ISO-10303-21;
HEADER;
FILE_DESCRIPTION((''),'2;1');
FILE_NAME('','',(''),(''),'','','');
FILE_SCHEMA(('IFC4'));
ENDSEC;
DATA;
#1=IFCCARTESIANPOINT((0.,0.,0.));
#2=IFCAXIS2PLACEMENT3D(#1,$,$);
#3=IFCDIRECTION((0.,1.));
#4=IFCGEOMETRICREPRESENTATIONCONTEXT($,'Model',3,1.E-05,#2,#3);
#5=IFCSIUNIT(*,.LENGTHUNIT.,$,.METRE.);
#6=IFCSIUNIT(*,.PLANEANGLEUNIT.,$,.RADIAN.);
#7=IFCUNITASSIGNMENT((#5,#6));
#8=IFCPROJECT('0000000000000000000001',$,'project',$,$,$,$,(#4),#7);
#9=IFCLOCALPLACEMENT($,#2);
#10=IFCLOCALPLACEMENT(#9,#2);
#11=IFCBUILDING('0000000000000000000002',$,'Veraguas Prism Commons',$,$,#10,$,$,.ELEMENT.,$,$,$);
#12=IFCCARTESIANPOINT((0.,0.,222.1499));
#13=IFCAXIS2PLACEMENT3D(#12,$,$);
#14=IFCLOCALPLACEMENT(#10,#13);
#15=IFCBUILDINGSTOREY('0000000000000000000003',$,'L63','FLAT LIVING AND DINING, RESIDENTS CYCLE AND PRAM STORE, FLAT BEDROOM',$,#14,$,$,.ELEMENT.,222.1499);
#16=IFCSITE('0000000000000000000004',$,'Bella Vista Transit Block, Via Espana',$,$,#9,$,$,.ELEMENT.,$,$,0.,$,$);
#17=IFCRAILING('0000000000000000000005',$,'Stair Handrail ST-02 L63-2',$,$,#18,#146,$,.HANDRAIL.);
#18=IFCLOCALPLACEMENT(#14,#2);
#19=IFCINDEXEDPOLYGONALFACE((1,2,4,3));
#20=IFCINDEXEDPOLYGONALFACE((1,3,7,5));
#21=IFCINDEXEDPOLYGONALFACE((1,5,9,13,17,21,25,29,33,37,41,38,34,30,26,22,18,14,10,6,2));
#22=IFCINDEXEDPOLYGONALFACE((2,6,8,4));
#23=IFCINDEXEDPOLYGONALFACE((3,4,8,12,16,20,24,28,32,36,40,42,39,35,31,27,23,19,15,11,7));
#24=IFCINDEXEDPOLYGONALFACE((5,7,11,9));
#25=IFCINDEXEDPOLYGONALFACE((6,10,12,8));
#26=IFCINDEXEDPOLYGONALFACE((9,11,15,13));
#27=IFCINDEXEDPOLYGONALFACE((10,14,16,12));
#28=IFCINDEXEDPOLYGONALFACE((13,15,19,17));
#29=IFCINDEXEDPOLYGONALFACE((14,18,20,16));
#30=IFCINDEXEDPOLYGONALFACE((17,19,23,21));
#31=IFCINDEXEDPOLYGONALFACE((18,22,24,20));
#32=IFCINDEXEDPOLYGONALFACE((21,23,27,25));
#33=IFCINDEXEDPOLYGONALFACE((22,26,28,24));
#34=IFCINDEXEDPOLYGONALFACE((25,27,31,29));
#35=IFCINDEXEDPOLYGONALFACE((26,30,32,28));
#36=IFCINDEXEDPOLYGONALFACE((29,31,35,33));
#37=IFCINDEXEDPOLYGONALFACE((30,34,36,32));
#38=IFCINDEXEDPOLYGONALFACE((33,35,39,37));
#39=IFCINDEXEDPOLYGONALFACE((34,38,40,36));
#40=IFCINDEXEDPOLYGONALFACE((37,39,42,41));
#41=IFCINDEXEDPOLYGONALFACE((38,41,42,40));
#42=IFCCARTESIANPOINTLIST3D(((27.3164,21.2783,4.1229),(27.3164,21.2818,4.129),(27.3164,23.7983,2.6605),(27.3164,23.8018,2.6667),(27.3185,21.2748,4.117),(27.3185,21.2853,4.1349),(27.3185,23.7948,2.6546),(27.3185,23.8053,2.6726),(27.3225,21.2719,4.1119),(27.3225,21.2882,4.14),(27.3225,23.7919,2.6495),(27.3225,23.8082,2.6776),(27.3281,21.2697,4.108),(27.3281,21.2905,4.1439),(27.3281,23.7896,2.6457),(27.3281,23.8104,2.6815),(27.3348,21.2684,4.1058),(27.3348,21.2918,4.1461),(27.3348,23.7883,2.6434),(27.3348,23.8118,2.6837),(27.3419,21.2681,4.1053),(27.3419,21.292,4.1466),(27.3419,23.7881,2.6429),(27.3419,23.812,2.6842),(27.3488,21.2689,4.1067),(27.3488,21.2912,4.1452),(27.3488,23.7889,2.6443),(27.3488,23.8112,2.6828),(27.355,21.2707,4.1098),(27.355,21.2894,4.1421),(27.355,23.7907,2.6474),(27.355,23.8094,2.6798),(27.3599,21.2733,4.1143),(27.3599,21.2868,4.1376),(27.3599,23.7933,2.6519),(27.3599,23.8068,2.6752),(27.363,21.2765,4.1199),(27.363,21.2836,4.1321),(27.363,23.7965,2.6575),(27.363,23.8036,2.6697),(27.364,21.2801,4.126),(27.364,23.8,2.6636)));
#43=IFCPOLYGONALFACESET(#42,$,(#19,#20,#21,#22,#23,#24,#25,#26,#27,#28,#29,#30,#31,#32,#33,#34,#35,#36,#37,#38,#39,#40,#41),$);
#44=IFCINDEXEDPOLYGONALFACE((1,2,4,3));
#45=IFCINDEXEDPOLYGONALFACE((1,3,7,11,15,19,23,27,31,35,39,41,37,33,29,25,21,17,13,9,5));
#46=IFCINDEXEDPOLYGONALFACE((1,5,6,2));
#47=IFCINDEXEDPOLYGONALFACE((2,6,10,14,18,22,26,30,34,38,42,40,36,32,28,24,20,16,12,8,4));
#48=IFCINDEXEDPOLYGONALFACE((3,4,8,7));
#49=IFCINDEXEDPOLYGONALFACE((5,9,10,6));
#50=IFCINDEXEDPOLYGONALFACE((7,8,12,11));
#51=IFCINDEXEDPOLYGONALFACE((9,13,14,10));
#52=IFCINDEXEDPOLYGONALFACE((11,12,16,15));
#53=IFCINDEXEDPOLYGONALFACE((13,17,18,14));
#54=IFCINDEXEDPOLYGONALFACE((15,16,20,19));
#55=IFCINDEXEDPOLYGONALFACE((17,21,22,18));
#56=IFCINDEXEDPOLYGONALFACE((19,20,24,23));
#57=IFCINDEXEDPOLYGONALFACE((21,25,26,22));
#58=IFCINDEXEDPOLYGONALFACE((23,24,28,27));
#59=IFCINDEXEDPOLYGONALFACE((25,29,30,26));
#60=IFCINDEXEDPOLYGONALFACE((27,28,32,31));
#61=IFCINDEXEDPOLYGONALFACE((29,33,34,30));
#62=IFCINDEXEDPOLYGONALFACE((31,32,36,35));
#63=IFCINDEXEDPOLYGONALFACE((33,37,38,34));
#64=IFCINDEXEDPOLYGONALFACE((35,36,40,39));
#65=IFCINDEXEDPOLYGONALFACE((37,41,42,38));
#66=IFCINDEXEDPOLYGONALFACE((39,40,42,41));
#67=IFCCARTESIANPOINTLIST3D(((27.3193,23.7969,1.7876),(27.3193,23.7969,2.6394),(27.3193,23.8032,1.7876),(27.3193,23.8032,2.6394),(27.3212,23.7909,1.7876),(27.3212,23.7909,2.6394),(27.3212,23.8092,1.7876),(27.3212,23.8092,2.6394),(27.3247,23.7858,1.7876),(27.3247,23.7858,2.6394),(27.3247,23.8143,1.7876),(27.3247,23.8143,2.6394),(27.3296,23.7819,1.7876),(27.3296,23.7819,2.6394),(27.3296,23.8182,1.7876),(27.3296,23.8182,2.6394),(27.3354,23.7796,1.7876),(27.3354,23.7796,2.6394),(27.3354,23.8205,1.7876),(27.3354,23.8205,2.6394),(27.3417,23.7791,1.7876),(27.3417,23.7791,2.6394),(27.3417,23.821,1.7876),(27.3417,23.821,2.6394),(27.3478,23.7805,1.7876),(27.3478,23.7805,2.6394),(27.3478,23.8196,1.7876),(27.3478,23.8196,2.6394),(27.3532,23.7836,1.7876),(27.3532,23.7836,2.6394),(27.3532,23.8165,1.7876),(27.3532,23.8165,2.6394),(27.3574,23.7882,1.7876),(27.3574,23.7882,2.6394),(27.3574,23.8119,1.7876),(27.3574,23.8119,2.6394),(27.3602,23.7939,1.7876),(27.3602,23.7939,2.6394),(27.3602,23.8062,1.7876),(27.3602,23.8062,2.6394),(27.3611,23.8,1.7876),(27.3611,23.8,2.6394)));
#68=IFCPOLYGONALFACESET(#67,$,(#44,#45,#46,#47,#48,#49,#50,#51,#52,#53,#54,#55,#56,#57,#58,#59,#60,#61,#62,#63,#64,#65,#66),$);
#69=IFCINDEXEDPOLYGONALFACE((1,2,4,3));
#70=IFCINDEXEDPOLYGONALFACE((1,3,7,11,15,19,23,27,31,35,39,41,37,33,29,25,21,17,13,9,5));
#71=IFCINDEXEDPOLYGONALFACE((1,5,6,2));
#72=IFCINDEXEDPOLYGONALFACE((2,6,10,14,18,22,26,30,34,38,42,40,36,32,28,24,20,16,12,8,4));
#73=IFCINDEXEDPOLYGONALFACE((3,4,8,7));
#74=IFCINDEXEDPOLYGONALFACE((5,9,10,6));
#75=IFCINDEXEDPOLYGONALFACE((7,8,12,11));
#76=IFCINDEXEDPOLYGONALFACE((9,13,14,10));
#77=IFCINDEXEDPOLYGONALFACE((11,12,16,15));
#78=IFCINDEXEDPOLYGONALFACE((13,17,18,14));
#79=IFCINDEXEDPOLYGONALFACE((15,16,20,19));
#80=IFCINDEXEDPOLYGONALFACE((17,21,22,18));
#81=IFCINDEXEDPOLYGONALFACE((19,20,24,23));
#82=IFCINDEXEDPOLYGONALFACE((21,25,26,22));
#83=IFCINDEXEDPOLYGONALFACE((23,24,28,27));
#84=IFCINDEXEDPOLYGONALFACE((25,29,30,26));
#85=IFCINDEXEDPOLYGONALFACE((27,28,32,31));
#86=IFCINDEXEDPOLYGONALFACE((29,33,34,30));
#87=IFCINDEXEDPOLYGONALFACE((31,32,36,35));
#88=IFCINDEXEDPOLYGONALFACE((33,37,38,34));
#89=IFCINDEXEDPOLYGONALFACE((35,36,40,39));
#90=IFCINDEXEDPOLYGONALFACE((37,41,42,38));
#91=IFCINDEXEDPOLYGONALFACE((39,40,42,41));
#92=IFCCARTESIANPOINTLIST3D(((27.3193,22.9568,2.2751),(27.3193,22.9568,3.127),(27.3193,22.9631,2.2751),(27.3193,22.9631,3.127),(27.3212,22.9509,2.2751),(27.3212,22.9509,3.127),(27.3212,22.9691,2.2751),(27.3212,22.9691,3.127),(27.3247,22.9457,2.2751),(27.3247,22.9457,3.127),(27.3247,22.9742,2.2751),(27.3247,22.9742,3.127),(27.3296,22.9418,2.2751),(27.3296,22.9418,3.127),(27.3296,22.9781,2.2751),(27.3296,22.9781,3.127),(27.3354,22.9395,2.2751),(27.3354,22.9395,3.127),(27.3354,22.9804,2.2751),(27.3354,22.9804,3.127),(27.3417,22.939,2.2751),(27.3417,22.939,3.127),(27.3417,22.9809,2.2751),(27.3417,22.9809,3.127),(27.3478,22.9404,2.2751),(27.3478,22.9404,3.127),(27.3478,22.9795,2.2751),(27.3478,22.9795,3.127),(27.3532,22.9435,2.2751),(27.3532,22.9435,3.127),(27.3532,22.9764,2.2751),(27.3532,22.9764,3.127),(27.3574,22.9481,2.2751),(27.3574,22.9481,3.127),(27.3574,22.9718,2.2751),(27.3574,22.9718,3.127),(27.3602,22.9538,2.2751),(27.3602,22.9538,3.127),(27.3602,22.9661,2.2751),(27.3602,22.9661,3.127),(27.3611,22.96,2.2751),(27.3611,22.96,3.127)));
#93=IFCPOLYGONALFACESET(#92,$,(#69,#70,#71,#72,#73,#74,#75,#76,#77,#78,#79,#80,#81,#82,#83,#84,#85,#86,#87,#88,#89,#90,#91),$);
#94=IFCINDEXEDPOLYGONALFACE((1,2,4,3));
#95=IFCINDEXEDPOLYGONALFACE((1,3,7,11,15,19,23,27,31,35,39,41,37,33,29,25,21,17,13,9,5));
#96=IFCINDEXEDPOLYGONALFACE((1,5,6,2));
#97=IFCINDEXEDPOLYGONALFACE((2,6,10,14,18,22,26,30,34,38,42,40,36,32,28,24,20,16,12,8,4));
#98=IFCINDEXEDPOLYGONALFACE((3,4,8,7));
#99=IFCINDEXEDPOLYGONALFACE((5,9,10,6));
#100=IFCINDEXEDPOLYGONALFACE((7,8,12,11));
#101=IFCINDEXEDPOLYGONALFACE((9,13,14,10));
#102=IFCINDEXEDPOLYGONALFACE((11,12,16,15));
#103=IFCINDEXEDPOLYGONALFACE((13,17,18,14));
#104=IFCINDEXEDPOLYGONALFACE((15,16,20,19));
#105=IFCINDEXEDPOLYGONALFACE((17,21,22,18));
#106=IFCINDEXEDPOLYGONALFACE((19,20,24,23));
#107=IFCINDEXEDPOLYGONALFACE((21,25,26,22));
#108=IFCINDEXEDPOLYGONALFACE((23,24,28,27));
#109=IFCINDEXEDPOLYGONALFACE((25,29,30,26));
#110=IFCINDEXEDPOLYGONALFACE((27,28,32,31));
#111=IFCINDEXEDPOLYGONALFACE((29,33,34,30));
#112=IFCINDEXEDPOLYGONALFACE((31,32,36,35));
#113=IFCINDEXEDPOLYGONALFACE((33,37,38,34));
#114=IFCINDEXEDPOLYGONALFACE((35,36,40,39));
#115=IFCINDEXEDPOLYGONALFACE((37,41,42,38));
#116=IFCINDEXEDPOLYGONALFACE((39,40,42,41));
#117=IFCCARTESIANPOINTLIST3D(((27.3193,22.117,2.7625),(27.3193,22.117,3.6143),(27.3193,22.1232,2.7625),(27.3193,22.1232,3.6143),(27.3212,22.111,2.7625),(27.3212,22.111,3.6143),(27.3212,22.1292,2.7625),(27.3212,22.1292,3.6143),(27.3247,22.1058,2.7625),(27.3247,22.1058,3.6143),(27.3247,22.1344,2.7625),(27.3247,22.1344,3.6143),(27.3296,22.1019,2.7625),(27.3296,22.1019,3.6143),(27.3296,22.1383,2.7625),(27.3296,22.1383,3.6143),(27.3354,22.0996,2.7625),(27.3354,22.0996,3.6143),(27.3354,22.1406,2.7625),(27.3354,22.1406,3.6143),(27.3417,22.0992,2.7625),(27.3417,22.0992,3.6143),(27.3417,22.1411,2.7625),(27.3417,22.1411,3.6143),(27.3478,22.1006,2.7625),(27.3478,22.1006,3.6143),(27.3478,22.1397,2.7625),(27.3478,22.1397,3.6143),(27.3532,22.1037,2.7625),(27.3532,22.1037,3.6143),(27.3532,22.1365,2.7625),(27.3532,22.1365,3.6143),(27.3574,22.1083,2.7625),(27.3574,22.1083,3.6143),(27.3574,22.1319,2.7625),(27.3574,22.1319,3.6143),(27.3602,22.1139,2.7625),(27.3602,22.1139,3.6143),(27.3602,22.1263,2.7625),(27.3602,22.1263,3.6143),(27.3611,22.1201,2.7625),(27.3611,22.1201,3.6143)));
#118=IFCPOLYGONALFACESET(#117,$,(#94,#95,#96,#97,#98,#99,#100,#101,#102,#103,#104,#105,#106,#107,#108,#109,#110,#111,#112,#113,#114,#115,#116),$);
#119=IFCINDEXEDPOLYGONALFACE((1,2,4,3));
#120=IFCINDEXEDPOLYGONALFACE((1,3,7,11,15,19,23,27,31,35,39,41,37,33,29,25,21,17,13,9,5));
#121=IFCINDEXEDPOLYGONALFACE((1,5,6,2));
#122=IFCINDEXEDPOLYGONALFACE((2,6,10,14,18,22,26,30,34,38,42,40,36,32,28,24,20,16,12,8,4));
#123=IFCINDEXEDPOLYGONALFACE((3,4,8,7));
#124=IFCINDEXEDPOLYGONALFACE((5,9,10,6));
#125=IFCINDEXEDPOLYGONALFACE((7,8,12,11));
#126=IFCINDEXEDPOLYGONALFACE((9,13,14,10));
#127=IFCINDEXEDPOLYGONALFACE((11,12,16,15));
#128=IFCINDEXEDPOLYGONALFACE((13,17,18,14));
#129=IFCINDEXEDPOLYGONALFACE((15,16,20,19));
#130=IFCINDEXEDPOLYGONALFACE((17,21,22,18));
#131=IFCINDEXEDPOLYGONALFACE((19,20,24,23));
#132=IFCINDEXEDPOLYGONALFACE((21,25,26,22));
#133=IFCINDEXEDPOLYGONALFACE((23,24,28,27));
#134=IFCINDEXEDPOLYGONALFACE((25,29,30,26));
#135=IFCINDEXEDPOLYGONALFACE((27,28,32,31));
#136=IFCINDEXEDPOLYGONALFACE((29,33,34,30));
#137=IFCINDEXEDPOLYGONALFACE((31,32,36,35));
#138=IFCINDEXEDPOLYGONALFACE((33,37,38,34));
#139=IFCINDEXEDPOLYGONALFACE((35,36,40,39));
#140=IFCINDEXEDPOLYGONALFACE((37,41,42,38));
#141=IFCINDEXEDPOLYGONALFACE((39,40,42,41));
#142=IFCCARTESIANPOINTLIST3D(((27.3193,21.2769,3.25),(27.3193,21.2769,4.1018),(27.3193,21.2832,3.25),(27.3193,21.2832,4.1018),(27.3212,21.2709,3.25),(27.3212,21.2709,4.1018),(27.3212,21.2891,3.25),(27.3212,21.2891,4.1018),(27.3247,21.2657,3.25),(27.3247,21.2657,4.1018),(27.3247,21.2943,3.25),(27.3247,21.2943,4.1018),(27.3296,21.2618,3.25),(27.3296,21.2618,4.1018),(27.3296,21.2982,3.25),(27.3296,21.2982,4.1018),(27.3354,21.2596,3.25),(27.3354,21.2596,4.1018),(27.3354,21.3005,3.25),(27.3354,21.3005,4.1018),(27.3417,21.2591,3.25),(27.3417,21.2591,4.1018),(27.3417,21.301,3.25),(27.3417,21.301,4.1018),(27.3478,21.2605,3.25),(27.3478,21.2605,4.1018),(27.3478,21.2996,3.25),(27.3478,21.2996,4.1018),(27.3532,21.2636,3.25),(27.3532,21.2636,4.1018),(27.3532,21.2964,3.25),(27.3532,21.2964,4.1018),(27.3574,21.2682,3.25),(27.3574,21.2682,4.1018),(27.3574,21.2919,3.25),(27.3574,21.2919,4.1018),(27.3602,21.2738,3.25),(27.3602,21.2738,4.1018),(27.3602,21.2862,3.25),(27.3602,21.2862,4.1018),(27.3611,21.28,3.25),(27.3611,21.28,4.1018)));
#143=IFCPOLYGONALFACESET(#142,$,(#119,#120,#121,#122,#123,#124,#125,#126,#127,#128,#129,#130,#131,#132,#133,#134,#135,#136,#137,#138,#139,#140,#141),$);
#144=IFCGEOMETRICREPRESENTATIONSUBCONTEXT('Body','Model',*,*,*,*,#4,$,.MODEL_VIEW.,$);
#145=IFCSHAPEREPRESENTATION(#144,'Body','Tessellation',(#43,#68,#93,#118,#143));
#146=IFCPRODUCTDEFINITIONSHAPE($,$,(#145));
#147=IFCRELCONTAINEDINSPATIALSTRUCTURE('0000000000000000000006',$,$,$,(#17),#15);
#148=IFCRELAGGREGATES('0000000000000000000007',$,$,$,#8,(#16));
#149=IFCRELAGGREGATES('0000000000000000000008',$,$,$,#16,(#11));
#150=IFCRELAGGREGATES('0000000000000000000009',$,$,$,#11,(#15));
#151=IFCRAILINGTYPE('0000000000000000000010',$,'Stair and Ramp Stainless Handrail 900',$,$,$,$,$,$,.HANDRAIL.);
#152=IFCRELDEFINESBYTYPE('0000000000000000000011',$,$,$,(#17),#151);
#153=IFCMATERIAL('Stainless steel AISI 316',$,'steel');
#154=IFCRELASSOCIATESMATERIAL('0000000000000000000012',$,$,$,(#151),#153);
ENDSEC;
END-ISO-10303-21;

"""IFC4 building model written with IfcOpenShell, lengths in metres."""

from ifc_helpers import new_model, si_unit, direction, frame, origin, origin_2d, place, context, subcontext, project, spatial, circle, extrude, material, type_object, element, save


model = new_model("IFC4")

# Units and contexts
model_context = context("Model", 3, precision=1e-05, world=origin(), true_north=direction((0.0, 1.0)))
body_context = subcontext(model_context, "Body", "Model", "MODEL_VIEW")
ifc_project = project(units=[si_unit("LENGTHUNIT", "METRE"), si_unit("PLANEANGLEUNIT", "RADIAN")], contexts=[model_context])

# Site, building, storey
site_placement = place(None, origin())
site = spatial("IfcSite", under=ifc_project, at=site_placement, Name="Bella Vista Transit Block, Via Espana", CompositionType="ELEMENT", RefElevation=0.0)
building_placement = place(site_placement, origin())
building = spatial("IfcBuilding", under=site, at=building_placement, Name="Veraguas Prism Commons", CompositionType="ELEMENT")
storey_placement = place(building_placement, frame((0.0, 0.0, 222.1499)))
storey = spatial("IfcBuildingStorey", under=building, at=storey_placement, Name="L63", Description="FLAT LIVING AND DINING, RESIDENTS CYCLE AND PRAM STORE, FLAT BEDROOM", CompositionType="ELEMENT", Elevation=222.1499)

# Railing
ifc_material_1 = material(Name="Stainless steel AISI 316", Category="steel")
railing_type_1 = type_object("IfcRailingType", Name="Stair and Ramp Stainless Handrail 900", PredefinedType="HANDRAIL", material=ifc_material_1)
railing_1_placement = place(storey_placement, frame((27.3401, 23.8, 1.7876)))
element("IfcRailing", 1, at=railing_1_placement, inside=storey, type_object=railing_type_1, Name="Stair Handrail ST-02 L63-2", PredefinedType="HANDRAIL", context=body_context, shape_type="SweptSolid", body=[
    extrude(circle(Radius=0.0239, at=origin_2d()), frame((0.0, 0.0, 0.876), z_axis=(0.0, -0.864913, 0.501921), x_axis=(1.0, 0.0, 0.0)), (0.0, 0.0, 1.0), 2.9136),
    extrude(circle(Radius=0.021, at=origin_2d()), origin(), (0.0, 0.0, 1.0), 0.8518),
    extrude(circle(Radius=0.021, at=origin_2d()), frame((0.0, -0.8401, 0.4875)), (0.0, 0.0, 1.0), 0.8518),
    extrude(circle(Radius=0.021, at=origin_2d()), frame((0.0, -1.6799, 0.9749)), (0.0, 0.0, 1.0), 0.8518),
    extrude(circle(Radius=0.021, at=origin_2d()), frame((0.0, -2.52, 1.4624)), (0.0, 0.0, 1.0), 0.8518),
])

save(model, "model.ifc")
